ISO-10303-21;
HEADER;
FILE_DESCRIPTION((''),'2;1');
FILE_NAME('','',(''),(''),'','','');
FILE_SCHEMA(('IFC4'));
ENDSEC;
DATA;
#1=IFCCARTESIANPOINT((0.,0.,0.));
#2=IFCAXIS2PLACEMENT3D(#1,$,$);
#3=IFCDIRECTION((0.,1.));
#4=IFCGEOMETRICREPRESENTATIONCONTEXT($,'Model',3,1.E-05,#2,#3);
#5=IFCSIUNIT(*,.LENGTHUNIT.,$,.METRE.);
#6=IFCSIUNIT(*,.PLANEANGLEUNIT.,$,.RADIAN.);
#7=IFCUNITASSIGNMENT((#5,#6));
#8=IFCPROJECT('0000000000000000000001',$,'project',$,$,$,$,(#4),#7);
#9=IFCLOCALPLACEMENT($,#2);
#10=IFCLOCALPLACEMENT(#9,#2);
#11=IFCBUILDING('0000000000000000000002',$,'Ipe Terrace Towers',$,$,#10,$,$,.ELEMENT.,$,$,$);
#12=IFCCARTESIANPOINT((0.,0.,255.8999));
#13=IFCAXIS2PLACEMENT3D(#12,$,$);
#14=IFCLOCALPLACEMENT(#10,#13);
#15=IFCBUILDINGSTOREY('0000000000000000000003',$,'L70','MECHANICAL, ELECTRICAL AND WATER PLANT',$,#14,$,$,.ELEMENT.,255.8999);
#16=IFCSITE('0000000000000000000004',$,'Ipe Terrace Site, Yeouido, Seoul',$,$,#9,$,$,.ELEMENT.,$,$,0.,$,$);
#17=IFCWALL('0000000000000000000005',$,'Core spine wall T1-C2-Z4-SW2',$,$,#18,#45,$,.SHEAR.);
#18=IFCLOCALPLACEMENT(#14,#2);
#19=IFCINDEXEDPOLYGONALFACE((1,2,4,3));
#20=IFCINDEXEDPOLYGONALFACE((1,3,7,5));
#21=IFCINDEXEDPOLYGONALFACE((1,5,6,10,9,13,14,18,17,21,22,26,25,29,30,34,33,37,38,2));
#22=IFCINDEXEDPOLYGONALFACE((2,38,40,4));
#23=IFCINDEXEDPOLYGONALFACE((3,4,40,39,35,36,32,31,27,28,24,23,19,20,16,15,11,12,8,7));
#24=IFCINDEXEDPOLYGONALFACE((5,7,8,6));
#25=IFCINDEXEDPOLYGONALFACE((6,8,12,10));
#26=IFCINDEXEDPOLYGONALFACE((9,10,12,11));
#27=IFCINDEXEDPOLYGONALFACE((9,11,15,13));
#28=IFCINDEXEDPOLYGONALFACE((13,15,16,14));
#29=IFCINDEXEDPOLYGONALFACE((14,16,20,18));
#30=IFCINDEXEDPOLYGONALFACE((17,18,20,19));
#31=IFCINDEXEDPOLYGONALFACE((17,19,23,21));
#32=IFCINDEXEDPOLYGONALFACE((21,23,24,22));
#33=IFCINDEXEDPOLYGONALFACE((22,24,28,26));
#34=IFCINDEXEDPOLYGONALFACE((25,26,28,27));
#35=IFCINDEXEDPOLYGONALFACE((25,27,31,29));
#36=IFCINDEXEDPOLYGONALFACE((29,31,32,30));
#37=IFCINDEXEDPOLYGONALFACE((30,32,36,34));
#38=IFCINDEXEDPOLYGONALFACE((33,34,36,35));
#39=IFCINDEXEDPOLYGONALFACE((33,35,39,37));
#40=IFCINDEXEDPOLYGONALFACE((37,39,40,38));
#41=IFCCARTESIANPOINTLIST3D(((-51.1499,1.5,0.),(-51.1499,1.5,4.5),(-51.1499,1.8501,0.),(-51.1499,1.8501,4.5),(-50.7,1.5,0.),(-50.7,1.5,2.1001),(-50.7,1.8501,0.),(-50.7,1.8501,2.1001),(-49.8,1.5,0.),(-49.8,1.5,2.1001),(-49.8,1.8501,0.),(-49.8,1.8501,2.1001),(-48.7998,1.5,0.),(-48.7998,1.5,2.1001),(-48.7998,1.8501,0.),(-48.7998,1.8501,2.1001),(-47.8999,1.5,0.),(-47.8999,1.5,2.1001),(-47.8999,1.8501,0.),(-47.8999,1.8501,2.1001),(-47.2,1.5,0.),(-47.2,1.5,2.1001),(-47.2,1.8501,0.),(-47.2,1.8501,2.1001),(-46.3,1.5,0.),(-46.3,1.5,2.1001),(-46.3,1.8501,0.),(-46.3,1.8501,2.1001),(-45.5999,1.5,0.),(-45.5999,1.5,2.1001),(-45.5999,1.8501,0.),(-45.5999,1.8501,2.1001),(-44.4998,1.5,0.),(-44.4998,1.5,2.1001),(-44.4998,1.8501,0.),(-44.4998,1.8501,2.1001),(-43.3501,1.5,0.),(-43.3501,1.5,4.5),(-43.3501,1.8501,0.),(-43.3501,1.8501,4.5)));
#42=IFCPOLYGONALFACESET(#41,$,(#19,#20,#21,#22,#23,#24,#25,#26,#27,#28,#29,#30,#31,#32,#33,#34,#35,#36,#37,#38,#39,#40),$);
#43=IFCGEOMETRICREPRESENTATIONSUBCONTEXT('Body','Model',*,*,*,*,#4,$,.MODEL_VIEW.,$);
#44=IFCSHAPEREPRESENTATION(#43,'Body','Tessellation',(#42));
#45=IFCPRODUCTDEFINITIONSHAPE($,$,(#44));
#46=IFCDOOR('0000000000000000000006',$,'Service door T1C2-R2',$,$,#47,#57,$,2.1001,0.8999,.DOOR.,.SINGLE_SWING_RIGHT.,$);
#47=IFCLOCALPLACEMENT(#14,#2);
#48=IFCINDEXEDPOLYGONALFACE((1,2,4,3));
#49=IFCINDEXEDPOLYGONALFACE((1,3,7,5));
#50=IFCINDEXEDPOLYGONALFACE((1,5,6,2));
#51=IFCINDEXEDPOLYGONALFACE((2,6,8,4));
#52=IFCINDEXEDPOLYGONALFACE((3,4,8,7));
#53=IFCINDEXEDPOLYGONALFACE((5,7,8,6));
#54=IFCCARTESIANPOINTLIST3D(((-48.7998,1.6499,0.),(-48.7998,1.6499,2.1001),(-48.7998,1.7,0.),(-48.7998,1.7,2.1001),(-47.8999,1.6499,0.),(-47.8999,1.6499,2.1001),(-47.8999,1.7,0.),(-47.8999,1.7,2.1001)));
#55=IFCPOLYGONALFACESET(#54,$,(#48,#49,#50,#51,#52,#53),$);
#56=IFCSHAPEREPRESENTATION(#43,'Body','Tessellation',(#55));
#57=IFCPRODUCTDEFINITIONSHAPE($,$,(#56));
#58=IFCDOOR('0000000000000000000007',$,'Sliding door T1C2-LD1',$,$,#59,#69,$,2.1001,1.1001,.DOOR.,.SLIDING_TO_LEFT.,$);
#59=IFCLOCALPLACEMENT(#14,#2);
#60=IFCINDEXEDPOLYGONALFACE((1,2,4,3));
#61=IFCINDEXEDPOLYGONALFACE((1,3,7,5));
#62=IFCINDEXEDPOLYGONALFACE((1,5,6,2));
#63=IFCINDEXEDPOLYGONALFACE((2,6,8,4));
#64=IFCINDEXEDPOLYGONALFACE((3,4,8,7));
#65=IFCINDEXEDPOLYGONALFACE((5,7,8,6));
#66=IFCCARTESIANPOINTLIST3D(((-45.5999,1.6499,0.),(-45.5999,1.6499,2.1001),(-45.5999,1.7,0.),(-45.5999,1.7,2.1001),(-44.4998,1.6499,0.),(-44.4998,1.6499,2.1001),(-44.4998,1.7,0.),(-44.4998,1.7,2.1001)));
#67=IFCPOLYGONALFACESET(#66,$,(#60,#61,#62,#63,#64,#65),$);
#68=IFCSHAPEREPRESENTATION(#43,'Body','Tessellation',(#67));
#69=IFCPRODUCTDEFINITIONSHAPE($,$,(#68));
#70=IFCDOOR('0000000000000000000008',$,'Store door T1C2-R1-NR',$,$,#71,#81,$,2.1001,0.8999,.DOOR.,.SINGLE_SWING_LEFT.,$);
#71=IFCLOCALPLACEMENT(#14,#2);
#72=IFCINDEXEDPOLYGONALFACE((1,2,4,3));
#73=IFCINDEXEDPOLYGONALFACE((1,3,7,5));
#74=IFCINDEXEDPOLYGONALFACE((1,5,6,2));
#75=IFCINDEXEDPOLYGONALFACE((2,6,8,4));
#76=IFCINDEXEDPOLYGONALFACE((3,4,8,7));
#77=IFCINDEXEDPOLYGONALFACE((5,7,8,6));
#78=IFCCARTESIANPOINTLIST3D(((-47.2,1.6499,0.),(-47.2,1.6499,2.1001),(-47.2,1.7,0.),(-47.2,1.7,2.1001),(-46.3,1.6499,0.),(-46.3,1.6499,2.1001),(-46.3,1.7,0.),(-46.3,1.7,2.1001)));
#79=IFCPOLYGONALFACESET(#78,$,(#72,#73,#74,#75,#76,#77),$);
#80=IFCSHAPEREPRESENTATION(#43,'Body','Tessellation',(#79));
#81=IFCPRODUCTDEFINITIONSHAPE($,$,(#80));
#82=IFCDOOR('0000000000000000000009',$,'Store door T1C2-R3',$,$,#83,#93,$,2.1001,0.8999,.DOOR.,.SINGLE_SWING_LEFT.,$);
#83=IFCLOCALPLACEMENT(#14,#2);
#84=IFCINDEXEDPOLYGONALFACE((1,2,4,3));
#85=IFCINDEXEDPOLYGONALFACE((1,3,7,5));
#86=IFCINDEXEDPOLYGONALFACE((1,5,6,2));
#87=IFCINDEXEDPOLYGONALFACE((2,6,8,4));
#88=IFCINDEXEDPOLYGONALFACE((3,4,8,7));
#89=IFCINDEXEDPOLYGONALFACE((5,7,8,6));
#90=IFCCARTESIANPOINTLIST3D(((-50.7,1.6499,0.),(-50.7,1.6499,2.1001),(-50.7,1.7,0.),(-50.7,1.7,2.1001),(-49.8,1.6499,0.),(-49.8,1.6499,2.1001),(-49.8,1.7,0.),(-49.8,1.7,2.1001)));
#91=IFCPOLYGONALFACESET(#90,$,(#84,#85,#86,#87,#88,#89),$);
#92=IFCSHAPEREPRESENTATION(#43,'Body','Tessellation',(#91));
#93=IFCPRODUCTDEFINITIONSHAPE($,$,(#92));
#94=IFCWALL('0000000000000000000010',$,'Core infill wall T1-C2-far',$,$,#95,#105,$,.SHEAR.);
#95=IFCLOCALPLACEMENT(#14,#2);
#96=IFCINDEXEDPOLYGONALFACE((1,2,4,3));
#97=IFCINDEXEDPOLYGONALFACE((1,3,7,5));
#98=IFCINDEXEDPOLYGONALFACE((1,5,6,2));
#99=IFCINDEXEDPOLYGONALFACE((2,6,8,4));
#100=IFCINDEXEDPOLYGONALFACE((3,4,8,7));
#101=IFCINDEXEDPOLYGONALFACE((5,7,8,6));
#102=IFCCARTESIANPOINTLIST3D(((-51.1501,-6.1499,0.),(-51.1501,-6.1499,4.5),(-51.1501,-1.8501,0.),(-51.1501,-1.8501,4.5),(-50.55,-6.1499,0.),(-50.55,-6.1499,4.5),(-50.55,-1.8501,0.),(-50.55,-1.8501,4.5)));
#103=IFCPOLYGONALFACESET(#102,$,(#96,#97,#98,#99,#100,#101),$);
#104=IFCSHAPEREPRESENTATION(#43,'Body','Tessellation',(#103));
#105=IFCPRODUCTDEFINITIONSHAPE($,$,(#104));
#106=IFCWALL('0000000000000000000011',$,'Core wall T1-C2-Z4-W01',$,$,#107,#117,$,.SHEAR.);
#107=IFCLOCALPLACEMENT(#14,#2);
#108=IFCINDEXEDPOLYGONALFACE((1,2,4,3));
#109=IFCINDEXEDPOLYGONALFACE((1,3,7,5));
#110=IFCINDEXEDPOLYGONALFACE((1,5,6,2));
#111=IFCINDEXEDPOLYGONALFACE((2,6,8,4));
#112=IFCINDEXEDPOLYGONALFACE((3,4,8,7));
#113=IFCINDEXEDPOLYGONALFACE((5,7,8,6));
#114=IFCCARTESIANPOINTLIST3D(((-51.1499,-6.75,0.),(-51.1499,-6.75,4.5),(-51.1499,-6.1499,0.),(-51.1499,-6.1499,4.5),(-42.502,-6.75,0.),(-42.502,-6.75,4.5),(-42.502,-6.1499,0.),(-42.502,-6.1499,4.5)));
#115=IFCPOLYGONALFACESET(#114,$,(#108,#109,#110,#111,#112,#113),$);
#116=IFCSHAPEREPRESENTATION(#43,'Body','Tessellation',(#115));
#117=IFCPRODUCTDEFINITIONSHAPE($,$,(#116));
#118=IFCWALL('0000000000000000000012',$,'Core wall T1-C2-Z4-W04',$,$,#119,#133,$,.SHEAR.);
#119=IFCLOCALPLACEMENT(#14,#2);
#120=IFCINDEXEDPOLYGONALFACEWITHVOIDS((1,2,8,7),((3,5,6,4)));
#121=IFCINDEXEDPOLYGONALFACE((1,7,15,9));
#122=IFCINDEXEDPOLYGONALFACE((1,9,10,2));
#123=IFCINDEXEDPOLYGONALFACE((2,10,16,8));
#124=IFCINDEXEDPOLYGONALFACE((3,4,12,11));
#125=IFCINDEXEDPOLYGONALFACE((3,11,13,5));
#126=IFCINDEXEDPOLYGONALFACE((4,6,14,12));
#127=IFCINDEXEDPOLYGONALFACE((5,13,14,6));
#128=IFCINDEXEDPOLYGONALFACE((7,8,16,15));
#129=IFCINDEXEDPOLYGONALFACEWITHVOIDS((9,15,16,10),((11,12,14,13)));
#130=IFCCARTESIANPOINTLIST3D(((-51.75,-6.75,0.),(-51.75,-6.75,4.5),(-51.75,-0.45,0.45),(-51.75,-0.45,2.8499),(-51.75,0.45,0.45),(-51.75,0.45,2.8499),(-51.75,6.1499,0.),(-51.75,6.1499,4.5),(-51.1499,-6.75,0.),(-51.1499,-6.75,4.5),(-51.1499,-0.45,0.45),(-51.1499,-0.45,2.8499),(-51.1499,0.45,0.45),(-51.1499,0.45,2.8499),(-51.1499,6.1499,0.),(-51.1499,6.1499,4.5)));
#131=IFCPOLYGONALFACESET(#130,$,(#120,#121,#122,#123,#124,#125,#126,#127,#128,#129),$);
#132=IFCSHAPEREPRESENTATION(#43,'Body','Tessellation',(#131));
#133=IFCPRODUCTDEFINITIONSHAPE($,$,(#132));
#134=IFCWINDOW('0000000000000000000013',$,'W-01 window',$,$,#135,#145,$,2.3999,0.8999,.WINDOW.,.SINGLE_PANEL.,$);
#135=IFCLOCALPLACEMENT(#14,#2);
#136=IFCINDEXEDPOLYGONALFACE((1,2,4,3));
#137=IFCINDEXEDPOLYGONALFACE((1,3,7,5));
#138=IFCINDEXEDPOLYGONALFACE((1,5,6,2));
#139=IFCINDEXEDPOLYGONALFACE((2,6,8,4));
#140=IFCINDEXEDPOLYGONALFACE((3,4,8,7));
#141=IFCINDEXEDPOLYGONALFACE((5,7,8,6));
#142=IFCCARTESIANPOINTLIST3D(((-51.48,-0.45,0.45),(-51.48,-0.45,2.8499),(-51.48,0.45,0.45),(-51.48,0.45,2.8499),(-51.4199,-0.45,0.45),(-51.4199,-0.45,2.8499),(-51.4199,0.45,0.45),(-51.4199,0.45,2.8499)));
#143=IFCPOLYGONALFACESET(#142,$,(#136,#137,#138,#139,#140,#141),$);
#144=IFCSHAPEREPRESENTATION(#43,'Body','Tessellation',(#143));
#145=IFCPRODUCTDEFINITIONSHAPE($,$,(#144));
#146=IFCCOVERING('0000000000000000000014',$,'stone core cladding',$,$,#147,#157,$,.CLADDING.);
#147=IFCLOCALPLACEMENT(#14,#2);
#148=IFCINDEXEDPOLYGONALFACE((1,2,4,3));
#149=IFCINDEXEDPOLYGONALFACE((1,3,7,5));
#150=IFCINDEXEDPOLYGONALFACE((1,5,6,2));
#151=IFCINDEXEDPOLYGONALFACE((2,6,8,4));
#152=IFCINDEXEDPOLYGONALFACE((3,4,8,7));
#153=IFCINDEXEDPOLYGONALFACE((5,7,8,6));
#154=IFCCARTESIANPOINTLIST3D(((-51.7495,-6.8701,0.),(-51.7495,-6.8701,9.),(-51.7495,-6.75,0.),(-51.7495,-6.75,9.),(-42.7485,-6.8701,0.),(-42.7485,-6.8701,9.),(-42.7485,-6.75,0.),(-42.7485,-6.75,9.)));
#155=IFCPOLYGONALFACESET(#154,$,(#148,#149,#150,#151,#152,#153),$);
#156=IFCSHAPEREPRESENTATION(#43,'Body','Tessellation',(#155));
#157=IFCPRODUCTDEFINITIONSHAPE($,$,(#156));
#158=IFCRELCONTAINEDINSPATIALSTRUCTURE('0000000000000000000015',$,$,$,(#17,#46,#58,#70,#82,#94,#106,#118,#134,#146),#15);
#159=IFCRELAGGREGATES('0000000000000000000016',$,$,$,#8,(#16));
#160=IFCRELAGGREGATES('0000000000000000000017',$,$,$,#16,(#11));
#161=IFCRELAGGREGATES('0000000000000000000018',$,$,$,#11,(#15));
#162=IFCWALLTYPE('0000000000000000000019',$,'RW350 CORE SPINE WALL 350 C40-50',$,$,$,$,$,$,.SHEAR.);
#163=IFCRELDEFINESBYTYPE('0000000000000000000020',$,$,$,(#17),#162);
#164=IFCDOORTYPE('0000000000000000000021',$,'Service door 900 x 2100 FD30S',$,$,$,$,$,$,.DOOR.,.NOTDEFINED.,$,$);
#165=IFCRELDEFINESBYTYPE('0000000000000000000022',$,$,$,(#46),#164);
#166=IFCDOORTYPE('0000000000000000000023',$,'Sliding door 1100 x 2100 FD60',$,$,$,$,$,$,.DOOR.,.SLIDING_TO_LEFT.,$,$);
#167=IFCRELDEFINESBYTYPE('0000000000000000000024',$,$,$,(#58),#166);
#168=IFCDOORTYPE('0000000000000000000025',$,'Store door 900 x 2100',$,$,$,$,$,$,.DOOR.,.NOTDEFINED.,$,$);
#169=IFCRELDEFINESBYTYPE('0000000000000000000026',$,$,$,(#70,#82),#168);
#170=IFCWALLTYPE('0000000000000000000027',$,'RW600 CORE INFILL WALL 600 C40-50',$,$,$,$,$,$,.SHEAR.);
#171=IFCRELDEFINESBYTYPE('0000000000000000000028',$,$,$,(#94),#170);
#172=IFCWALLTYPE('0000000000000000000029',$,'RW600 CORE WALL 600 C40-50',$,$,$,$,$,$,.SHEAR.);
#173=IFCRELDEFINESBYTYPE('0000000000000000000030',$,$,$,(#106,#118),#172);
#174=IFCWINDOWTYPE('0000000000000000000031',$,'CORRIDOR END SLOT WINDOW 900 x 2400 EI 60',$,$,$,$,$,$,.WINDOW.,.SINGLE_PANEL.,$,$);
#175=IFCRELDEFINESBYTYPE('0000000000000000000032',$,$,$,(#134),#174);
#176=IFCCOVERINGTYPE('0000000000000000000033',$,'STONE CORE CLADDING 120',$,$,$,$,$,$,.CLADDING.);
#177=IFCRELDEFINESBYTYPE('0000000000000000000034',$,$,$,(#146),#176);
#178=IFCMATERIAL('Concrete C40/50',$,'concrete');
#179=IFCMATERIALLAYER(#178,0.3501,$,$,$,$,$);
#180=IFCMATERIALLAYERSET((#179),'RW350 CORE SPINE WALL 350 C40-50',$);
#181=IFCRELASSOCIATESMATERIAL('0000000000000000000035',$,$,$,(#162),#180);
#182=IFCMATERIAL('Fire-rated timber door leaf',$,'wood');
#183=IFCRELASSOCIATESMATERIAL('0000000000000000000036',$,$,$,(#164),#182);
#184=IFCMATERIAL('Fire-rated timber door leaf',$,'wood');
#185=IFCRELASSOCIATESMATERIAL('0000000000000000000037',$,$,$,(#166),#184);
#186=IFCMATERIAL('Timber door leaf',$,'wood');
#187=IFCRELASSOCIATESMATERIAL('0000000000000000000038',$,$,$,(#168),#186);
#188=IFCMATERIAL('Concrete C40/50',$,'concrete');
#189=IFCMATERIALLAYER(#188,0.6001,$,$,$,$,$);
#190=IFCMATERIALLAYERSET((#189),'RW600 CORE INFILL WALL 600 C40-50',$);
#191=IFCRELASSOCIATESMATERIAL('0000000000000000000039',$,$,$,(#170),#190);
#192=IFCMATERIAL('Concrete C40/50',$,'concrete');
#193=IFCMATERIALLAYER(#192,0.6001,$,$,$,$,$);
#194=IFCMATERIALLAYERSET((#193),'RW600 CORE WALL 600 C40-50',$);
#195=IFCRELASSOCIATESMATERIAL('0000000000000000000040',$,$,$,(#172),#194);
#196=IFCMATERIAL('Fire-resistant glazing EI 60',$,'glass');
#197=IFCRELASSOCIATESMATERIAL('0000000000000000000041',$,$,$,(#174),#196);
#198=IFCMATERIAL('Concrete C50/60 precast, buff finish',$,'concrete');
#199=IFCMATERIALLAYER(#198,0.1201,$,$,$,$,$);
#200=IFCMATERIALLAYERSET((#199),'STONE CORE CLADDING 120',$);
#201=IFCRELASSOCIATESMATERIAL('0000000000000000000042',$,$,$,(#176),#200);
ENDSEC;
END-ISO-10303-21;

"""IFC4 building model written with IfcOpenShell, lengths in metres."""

from ifc_helpers import new_model, si_unit, direction, frame, frame_2d, origin, origin_2d, place, context, subcontext, project, spatial, rectangle, extrude, material, layer, layer_set, type_object, element, fill, save


model = new_model("IFC4")

# Units and contexts
model_context = context("Model", 3, precision=1e-05, world=origin(), true_north=direction((0.0, 1.0)))
body_context = subcontext(model_context, "Body", "Model", "MODEL_VIEW")
ifc_project = project(units=[si_unit("LENGTHUNIT", "METRE"), si_unit("PLANEANGLEUNIT", "RADIAN")], contexts=[model_context])

# Site, building, storey
site_placement = place(None, origin())
site = spatial("IfcSite", under=ifc_project, at=site_placement, Name="Ipe Terrace Site, Yeouido, Seoul", CompositionType="ELEMENT", RefElevation=0.0)
building_placement = place(site_placement, origin())
building = spatial("IfcBuilding", under=site, at=building_placement, Name="Ipe Terrace Towers", CompositionType="ELEMENT")
storey_placement = place(building_placement, frame((0.0, 0.0, 255.8999)))
storey = spatial("IfcBuildingStorey", under=building, at=storey_placement, Name="L70", Description="MECHANICAL, ELECTRICAL AND WATER PLANT", CompositionType="ELEMENT", Elevation=255.8999)

# Shared definitions
ifc_material_1 = material(Name="Concrete C40/50", Category="concrete")
ifc_layer_1 = layer(ifc_material_1, 0.3501)
ifc_layer_set_1 = layer_set([ifc_layer_1], Name="RW350 CORE SPINE WALL 350 C40-50")
wall_type_1 = type_object("IfcWallType", Name="RW350 CORE SPINE WALL 350 C40-50", PredefinedType="SHEAR", material=ifc_layer_set_1)

# Wall, openings, doors
wall_1_placement = place(storey_placement, frame((-51.1499, 1.675, 0.0), z_axis=(0.0, 0.0, 1.0), x_axis=(1.0, 0.0, 0.0)))
wall_1 = element("IfcWall", 1, at=wall_1_placement, inside=storey, type_object=wall_type_1, Name="Core spine wall T1-C2-Z4-SW2", PredefinedType="SHEAR", context=body_context, shape_type="SweptSolid", body=[
    extrude(rectangle(XDim=7.7998, YDim=0.3501, at=frame_2d((3.8999, 0.0))), origin(), (0.0, 0.0, 1.0), 4.5),
])
opening_1_placement = place(wall_1_placement, frame((5.55, 0.0, 0.0)))
opening_1 = element("IfcOpeningElement", 2, at=opening_1_placement, cuts=wall_1, PredefinedType="OPENING", context=body_context, shape_type="SweptSolid", body=[
    extrude(rectangle(XDim=1.1001, YDim=2.1001, at=frame_2d((0.55, 1.05))), frame((0.0, 0.1851, 0.0), z_axis=(0.0, -1.0, 0.0), x_axis=(1.0, 0.0, 0.0)), (0.0, 0.0, 1.0), 0.3701),
])
opening_2_placement = place(wall_1_placement, frame((3.95, 0.0, 0.0)))
opening_2 = element("IfcOpeningElement", 3, at=opening_2_placement, cuts=wall_1, PredefinedType="OPENING", context=body_context, shape_type="SweptSolid", body=[
    extrude(rectangle(XDim=0.8999, YDim=2.1001, at=frame_2d((0.45, 1.05))), frame((0.0, 0.1851, 0.0), z_axis=(0.0, -1.0, 0.0), x_axis=(1.0, 0.0, 0.0)), (0.0, 0.0, 1.0), 0.3701),
])
opening_3_placement = place(wall_1_placement, frame((2.3501, 0.0, 0.0)))
opening_3 = element("IfcOpeningElement", 4, at=opening_3_placement, cuts=wall_1, PredefinedType="OPENING", context=body_context, shape_type="SweptSolid", body=[
    extrude(rectangle(XDim=0.8999, YDim=2.1001, at=frame_2d((0.45, 1.05))), frame((0.0, 0.1851, 0.0), z_axis=(0.0, -1.0, 0.0), x_axis=(1.0, 0.0, 0.0)), (0.0, 0.0, 1.0), 0.3701),
])
opening_4_placement = place(wall_1_placement, frame((0.45, 0.0, 0.0)))
opening_4 = element("IfcOpeningElement", 5, at=opening_4_placement, cuts=wall_1, PredefinedType="OPENING", context=body_context, shape_type="SweptSolid", body=[
    extrude(rectangle(XDim=0.8999, YDim=2.1001, at=frame_2d((0.45, 1.05))), frame((0.0, 0.1851, 0.0), z_axis=(0.0, -1.0, 0.0), x_axis=(1.0, 0.0, 0.0)), (0.0, 0.0, 1.0), 0.3701),
])
ifc_material_2 = material(Name="Fire-rated timber door leaf", Category="wood")
door_type_1 = type_object("IfcDoorType", Name="Service door 900 x 2100 FD30S", OperationType="NOTDEFINED", PredefinedType="DOOR", material=ifc_material_2)
door_1_placement = place(opening_3_placement, origin())
door_1 = element("IfcDoor", 6, at=door_1_placement, inside=storey, type_object=door_type_1, Name="Service door T1C2-R2", OperationType="SINGLE_SWING_RIGHT", OverallHeight=2.1001, OverallWidth=0.8999, PredefinedType="DOOR", context=body_context, shape_type="SweptSolid", body=[
    extrude(rectangle(XDim=0.8999, YDim=2.1001, at=frame_2d((0.45, 1.05))), frame((0.0, 0.0249, 0.0), z_axis=(0.0, -1.0, 0.0), x_axis=(1.0, 0.0, 0.0)), (0.0, 0.0, 1.0), 0.05),
])
fill(opening_3, door_1)
ifc_material_3 = material(Name="Fire-rated timber door leaf", Category="wood")
door_type_2 = type_object("IfcDoorType", Name="Sliding door 1100 x 2100 FD60", OperationType="SLIDING_TO_LEFT", PredefinedType="DOOR", material=ifc_material_3)
door_2_placement = place(opening_1_placement, origin())
door_2 = element("IfcDoor", 7, at=door_2_placement, inside=storey, type_object=door_type_2, Name="Sliding door T1C2-LD1", OperationType="SLIDING_TO_LEFT", OverallHeight=2.1001, OverallWidth=1.1001, PredefinedType="DOOR", context=body_context, shape_type="SweptSolid", body=[
    extrude(rectangle(XDim=1.1001, YDim=2.1001, at=frame_2d((0.55, 1.05))), frame((0.0, 0.0249, 0.0), z_axis=(0.0, -1.0, 0.0), x_axis=(1.0, 0.0, 0.0)), (0.0, 0.0, 1.0), 0.05),
])
fill(opening_1, door_2)
ifc_material_4 = material(Name="Timber door leaf", Category="wood")
door_type_3 = type_object("IfcDoorType", Name="Store door 900 x 2100", OperationType="NOTDEFINED", PredefinedType="DOOR", material=ifc_material_4)
door_3_placement = place(opening_2_placement, origin())
door_3 = element("IfcDoor", 8, at=door_3_placement, inside=storey, type_object=door_type_3, Name="Store door T1C2-R1-NR", OperationType="SINGLE_SWING_LEFT", OverallHeight=2.1001, OverallWidth=0.8999, PredefinedType="DOOR", context=body_context, shape_type="SweptSolid", body=[
    extrude(rectangle(XDim=0.8999, YDim=2.1001, at=frame_2d((0.45, 1.05))), frame((0.0, 0.0249, 0.0), z_axis=(0.0, -1.0, 0.0), x_axis=(1.0, 0.0, 0.0)), (0.0, 0.0, 1.0), 0.05),
])
fill(opening_2, door_3)
door_4_placement = place(opening_4_placement, origin())
door_4 = element("IfcDoor", 9, at=door_4_placement, inside=storey, type_object=door_type_3, Name="Store door T1C2-R3", OperationType="SINGLE_SWING_LEFT", OverallHeight=2.1001, OverallWidth=0.8999, PredefinedType="DOOR", context=body_context, shape_type="SweptSolid", body=[
    extrude(rectangle(XDim=0.8999, YDim=2.1001, at=frame_2d((0.45, 1.05))), frame((0.0, 0.0249, 0.0), z_axis=(0.0, -1.0, 0.0), x_axis=(1.0, 0.0, 0.0)), (0.0, 0.0, 1.0), 0.05),
])
fill(opening_4, door_4)

# Walls
ifc_material_5 = material(Name="Concrete C40/50", Category="concrete")
ifc_layer_2 = layer(ifc_material_5, 0.6001)
ifc_layer_set_2 = layer_set([ifc_layer_2], Name="RW600 CORE INFILL WALL 600 C40-50")
wall_type_2 = type_object("IfcWallType", Name="RW600 CORE INFILL WALL 600 C40-50", PredefinedType="SHEAR", material=ifc_layer_set_2)
wall_2_placement = place(storey_placement, frame((-50.8501, -1.8501, 0.0), z_axis=(0.0, 0.0, 1.0), x_axis=(0.0, -1.0, 0.0)))
element("IfcWall", 10, at=wall_2_placement, inside=storey, type_object=wall_type_2, Name="Core infill wall T1-C2-far", PredefinedType="SHEAR", context=body_context, shape_type="SweptSolid", body=[
    extrude(rectangle(XDim=4.2998, YDim=0.6001, at=frame_2d((2.1499, 0.0))), origin(), (0.0, 0.0, 1.0), 4.5),
])
ifc_material_6 = material(Name="Concrete C40/50", Category="concrete")
ifc_layer_3 = layer(ifc_material_6, 0.6001)
ifc_layer_set_3 = layer_set([ifc_layer_3], Name="RW600 CORE WALL 600 C40-50")
wall_type_3 = type_object("IfcWallType", Name="RW600 CORE WALL 600 C40-50", PredefinedType="SHEAR", material=ifc_layer_set_3)
wall_3_placement = place(storey_placement, frame((-51.1499, -6.45, 0.0), z_axis=(0.0, 0.0, 1.0), x_axis=(1.0, 0.0, 0.0)))
element("IfcWall", 11, at=wall_3_placement, inside=storey, type_object=wall_type_3, Name="Core wall T1-C2-Z4-W01", PredefinedType="SHEAR", context=body_context, shape_type="SweptSolid", body=[
    extrude(rectangle(XDim=8.6479, YDim=0.6001, at=frame_2d((4.324, 0.0))), origin(), (0.0, 0.0, 1.0), 4.5),
])

# Wall, opening, window
wall_4_placement = place(storey_placement, frame((-51.45, 6.1499, 0.0), z_axis=(0.0, 0.0, 1.0), x_axis=(0.0, -1.0, 0.0)))
wall_4 = element("IfcWall", 12, at=wall_4_placement, inside=storey, type_object=wall_type_3, Name="Core wall T1-C2-Z4-W04", PredefinedType="SHEAR", context=body_context, shape_type="SweptSolid", body=[
    extrude(rectangle(XDim=12.8999, YDim=0.6001, at=frame_2d((6.45, 0.0))), origin(), (0.0, 0.0, 1.0), 4.5),
])
opening_5_placement = place(wall_4_placement, frame((5.7, 0.0, 0.45)))
opening_5 = element("IfcOpeningElement", 13, at=opening_5_placement, cuts=wall_4, PredefinedType="OPENING", context=body_context, shape_type="SweptSolid", body=[
    extrude(rectangle(XDim=0.8999, YDim=2.3999, at=frame_2d((0.45, 1.2))), frame((0.0, 0.3101, 0.0), z_axis=(0.0, -1.0, 0.0), x_axis=(1.0, 0.0, 0.0)), (0.0, 0.0, 1.0), 0.6201),
])
ifc_material_7 = material(Name="Fire-resistant glazing EI 60", Category="glass")
window_type = type_object("IfcWindowType", Name="CORRIDOR END SLOT WINDOW 900 x 2400 EI 60", PartitioningType="SINGLE_PANEL", PredefinedType="WINDOW", material=ifc_material_7)
window_placement = place(opening_5_placement, origin())
window = element("IfcWindow", 14, at=window_placement, inside=storey, type_object=window_type, Name="W-01 window", OverallHeight=2.3999, OverallWidth=0.8999, PartitioningType="SINGLE_PANEL", PredefinedType="WINDOW", context=body_context, shape_type="SweptSolid", body=[
    extrude(rectangle(XDim=0.8999, YDim=2.3999, at=frame_2d((0.45, 1.2))), frame((0.0, 0.03, 0.0), z_axis=(0.0, -1.0, 0.0), x_axis=(1.0, 0.0, 0.0)), (0.0, 0.0, 1.0), 0.0601),
])
fill(opening_5, window)

# Covering
ifc_material_8 = material(Name="Concrete C50/60 precast, buff finish", Category="concrete")
ifc_layer_4 = layer(ifc_material_8, 0.1201)
ifc_layer_set_4 = layer_set([ifc_layer_4], Name="STONE CORE CLADDING 120")
covering_type_1 = type_object("IfcCoveringType", Name="STONE CORE CLADDING 120", PredefinedType="CLADDING", material=ifc_layer_set_4)
covering_1_placement = place(storey_placement, frame((-47.249, -6.8101, 0.0), z_axis=(0.0, 0.0, 1.0), x_axis=(1.0, 0.0, 0.0)))
element("IfcCovering", 15, at=covering_1_placement, inside=storey, type_object=covering_type_1, Name="stone core cladding", PredefinedType="CLADDING", context=body_context, shape_type="SweptSolid", body=[
    extrude(rectangle(XDim=9.001, YDim=0.1201, at=origin_2d()), origin(), (0.0, 0.0, 1.0), 9.0),
])

save(model, "model.ifc")
